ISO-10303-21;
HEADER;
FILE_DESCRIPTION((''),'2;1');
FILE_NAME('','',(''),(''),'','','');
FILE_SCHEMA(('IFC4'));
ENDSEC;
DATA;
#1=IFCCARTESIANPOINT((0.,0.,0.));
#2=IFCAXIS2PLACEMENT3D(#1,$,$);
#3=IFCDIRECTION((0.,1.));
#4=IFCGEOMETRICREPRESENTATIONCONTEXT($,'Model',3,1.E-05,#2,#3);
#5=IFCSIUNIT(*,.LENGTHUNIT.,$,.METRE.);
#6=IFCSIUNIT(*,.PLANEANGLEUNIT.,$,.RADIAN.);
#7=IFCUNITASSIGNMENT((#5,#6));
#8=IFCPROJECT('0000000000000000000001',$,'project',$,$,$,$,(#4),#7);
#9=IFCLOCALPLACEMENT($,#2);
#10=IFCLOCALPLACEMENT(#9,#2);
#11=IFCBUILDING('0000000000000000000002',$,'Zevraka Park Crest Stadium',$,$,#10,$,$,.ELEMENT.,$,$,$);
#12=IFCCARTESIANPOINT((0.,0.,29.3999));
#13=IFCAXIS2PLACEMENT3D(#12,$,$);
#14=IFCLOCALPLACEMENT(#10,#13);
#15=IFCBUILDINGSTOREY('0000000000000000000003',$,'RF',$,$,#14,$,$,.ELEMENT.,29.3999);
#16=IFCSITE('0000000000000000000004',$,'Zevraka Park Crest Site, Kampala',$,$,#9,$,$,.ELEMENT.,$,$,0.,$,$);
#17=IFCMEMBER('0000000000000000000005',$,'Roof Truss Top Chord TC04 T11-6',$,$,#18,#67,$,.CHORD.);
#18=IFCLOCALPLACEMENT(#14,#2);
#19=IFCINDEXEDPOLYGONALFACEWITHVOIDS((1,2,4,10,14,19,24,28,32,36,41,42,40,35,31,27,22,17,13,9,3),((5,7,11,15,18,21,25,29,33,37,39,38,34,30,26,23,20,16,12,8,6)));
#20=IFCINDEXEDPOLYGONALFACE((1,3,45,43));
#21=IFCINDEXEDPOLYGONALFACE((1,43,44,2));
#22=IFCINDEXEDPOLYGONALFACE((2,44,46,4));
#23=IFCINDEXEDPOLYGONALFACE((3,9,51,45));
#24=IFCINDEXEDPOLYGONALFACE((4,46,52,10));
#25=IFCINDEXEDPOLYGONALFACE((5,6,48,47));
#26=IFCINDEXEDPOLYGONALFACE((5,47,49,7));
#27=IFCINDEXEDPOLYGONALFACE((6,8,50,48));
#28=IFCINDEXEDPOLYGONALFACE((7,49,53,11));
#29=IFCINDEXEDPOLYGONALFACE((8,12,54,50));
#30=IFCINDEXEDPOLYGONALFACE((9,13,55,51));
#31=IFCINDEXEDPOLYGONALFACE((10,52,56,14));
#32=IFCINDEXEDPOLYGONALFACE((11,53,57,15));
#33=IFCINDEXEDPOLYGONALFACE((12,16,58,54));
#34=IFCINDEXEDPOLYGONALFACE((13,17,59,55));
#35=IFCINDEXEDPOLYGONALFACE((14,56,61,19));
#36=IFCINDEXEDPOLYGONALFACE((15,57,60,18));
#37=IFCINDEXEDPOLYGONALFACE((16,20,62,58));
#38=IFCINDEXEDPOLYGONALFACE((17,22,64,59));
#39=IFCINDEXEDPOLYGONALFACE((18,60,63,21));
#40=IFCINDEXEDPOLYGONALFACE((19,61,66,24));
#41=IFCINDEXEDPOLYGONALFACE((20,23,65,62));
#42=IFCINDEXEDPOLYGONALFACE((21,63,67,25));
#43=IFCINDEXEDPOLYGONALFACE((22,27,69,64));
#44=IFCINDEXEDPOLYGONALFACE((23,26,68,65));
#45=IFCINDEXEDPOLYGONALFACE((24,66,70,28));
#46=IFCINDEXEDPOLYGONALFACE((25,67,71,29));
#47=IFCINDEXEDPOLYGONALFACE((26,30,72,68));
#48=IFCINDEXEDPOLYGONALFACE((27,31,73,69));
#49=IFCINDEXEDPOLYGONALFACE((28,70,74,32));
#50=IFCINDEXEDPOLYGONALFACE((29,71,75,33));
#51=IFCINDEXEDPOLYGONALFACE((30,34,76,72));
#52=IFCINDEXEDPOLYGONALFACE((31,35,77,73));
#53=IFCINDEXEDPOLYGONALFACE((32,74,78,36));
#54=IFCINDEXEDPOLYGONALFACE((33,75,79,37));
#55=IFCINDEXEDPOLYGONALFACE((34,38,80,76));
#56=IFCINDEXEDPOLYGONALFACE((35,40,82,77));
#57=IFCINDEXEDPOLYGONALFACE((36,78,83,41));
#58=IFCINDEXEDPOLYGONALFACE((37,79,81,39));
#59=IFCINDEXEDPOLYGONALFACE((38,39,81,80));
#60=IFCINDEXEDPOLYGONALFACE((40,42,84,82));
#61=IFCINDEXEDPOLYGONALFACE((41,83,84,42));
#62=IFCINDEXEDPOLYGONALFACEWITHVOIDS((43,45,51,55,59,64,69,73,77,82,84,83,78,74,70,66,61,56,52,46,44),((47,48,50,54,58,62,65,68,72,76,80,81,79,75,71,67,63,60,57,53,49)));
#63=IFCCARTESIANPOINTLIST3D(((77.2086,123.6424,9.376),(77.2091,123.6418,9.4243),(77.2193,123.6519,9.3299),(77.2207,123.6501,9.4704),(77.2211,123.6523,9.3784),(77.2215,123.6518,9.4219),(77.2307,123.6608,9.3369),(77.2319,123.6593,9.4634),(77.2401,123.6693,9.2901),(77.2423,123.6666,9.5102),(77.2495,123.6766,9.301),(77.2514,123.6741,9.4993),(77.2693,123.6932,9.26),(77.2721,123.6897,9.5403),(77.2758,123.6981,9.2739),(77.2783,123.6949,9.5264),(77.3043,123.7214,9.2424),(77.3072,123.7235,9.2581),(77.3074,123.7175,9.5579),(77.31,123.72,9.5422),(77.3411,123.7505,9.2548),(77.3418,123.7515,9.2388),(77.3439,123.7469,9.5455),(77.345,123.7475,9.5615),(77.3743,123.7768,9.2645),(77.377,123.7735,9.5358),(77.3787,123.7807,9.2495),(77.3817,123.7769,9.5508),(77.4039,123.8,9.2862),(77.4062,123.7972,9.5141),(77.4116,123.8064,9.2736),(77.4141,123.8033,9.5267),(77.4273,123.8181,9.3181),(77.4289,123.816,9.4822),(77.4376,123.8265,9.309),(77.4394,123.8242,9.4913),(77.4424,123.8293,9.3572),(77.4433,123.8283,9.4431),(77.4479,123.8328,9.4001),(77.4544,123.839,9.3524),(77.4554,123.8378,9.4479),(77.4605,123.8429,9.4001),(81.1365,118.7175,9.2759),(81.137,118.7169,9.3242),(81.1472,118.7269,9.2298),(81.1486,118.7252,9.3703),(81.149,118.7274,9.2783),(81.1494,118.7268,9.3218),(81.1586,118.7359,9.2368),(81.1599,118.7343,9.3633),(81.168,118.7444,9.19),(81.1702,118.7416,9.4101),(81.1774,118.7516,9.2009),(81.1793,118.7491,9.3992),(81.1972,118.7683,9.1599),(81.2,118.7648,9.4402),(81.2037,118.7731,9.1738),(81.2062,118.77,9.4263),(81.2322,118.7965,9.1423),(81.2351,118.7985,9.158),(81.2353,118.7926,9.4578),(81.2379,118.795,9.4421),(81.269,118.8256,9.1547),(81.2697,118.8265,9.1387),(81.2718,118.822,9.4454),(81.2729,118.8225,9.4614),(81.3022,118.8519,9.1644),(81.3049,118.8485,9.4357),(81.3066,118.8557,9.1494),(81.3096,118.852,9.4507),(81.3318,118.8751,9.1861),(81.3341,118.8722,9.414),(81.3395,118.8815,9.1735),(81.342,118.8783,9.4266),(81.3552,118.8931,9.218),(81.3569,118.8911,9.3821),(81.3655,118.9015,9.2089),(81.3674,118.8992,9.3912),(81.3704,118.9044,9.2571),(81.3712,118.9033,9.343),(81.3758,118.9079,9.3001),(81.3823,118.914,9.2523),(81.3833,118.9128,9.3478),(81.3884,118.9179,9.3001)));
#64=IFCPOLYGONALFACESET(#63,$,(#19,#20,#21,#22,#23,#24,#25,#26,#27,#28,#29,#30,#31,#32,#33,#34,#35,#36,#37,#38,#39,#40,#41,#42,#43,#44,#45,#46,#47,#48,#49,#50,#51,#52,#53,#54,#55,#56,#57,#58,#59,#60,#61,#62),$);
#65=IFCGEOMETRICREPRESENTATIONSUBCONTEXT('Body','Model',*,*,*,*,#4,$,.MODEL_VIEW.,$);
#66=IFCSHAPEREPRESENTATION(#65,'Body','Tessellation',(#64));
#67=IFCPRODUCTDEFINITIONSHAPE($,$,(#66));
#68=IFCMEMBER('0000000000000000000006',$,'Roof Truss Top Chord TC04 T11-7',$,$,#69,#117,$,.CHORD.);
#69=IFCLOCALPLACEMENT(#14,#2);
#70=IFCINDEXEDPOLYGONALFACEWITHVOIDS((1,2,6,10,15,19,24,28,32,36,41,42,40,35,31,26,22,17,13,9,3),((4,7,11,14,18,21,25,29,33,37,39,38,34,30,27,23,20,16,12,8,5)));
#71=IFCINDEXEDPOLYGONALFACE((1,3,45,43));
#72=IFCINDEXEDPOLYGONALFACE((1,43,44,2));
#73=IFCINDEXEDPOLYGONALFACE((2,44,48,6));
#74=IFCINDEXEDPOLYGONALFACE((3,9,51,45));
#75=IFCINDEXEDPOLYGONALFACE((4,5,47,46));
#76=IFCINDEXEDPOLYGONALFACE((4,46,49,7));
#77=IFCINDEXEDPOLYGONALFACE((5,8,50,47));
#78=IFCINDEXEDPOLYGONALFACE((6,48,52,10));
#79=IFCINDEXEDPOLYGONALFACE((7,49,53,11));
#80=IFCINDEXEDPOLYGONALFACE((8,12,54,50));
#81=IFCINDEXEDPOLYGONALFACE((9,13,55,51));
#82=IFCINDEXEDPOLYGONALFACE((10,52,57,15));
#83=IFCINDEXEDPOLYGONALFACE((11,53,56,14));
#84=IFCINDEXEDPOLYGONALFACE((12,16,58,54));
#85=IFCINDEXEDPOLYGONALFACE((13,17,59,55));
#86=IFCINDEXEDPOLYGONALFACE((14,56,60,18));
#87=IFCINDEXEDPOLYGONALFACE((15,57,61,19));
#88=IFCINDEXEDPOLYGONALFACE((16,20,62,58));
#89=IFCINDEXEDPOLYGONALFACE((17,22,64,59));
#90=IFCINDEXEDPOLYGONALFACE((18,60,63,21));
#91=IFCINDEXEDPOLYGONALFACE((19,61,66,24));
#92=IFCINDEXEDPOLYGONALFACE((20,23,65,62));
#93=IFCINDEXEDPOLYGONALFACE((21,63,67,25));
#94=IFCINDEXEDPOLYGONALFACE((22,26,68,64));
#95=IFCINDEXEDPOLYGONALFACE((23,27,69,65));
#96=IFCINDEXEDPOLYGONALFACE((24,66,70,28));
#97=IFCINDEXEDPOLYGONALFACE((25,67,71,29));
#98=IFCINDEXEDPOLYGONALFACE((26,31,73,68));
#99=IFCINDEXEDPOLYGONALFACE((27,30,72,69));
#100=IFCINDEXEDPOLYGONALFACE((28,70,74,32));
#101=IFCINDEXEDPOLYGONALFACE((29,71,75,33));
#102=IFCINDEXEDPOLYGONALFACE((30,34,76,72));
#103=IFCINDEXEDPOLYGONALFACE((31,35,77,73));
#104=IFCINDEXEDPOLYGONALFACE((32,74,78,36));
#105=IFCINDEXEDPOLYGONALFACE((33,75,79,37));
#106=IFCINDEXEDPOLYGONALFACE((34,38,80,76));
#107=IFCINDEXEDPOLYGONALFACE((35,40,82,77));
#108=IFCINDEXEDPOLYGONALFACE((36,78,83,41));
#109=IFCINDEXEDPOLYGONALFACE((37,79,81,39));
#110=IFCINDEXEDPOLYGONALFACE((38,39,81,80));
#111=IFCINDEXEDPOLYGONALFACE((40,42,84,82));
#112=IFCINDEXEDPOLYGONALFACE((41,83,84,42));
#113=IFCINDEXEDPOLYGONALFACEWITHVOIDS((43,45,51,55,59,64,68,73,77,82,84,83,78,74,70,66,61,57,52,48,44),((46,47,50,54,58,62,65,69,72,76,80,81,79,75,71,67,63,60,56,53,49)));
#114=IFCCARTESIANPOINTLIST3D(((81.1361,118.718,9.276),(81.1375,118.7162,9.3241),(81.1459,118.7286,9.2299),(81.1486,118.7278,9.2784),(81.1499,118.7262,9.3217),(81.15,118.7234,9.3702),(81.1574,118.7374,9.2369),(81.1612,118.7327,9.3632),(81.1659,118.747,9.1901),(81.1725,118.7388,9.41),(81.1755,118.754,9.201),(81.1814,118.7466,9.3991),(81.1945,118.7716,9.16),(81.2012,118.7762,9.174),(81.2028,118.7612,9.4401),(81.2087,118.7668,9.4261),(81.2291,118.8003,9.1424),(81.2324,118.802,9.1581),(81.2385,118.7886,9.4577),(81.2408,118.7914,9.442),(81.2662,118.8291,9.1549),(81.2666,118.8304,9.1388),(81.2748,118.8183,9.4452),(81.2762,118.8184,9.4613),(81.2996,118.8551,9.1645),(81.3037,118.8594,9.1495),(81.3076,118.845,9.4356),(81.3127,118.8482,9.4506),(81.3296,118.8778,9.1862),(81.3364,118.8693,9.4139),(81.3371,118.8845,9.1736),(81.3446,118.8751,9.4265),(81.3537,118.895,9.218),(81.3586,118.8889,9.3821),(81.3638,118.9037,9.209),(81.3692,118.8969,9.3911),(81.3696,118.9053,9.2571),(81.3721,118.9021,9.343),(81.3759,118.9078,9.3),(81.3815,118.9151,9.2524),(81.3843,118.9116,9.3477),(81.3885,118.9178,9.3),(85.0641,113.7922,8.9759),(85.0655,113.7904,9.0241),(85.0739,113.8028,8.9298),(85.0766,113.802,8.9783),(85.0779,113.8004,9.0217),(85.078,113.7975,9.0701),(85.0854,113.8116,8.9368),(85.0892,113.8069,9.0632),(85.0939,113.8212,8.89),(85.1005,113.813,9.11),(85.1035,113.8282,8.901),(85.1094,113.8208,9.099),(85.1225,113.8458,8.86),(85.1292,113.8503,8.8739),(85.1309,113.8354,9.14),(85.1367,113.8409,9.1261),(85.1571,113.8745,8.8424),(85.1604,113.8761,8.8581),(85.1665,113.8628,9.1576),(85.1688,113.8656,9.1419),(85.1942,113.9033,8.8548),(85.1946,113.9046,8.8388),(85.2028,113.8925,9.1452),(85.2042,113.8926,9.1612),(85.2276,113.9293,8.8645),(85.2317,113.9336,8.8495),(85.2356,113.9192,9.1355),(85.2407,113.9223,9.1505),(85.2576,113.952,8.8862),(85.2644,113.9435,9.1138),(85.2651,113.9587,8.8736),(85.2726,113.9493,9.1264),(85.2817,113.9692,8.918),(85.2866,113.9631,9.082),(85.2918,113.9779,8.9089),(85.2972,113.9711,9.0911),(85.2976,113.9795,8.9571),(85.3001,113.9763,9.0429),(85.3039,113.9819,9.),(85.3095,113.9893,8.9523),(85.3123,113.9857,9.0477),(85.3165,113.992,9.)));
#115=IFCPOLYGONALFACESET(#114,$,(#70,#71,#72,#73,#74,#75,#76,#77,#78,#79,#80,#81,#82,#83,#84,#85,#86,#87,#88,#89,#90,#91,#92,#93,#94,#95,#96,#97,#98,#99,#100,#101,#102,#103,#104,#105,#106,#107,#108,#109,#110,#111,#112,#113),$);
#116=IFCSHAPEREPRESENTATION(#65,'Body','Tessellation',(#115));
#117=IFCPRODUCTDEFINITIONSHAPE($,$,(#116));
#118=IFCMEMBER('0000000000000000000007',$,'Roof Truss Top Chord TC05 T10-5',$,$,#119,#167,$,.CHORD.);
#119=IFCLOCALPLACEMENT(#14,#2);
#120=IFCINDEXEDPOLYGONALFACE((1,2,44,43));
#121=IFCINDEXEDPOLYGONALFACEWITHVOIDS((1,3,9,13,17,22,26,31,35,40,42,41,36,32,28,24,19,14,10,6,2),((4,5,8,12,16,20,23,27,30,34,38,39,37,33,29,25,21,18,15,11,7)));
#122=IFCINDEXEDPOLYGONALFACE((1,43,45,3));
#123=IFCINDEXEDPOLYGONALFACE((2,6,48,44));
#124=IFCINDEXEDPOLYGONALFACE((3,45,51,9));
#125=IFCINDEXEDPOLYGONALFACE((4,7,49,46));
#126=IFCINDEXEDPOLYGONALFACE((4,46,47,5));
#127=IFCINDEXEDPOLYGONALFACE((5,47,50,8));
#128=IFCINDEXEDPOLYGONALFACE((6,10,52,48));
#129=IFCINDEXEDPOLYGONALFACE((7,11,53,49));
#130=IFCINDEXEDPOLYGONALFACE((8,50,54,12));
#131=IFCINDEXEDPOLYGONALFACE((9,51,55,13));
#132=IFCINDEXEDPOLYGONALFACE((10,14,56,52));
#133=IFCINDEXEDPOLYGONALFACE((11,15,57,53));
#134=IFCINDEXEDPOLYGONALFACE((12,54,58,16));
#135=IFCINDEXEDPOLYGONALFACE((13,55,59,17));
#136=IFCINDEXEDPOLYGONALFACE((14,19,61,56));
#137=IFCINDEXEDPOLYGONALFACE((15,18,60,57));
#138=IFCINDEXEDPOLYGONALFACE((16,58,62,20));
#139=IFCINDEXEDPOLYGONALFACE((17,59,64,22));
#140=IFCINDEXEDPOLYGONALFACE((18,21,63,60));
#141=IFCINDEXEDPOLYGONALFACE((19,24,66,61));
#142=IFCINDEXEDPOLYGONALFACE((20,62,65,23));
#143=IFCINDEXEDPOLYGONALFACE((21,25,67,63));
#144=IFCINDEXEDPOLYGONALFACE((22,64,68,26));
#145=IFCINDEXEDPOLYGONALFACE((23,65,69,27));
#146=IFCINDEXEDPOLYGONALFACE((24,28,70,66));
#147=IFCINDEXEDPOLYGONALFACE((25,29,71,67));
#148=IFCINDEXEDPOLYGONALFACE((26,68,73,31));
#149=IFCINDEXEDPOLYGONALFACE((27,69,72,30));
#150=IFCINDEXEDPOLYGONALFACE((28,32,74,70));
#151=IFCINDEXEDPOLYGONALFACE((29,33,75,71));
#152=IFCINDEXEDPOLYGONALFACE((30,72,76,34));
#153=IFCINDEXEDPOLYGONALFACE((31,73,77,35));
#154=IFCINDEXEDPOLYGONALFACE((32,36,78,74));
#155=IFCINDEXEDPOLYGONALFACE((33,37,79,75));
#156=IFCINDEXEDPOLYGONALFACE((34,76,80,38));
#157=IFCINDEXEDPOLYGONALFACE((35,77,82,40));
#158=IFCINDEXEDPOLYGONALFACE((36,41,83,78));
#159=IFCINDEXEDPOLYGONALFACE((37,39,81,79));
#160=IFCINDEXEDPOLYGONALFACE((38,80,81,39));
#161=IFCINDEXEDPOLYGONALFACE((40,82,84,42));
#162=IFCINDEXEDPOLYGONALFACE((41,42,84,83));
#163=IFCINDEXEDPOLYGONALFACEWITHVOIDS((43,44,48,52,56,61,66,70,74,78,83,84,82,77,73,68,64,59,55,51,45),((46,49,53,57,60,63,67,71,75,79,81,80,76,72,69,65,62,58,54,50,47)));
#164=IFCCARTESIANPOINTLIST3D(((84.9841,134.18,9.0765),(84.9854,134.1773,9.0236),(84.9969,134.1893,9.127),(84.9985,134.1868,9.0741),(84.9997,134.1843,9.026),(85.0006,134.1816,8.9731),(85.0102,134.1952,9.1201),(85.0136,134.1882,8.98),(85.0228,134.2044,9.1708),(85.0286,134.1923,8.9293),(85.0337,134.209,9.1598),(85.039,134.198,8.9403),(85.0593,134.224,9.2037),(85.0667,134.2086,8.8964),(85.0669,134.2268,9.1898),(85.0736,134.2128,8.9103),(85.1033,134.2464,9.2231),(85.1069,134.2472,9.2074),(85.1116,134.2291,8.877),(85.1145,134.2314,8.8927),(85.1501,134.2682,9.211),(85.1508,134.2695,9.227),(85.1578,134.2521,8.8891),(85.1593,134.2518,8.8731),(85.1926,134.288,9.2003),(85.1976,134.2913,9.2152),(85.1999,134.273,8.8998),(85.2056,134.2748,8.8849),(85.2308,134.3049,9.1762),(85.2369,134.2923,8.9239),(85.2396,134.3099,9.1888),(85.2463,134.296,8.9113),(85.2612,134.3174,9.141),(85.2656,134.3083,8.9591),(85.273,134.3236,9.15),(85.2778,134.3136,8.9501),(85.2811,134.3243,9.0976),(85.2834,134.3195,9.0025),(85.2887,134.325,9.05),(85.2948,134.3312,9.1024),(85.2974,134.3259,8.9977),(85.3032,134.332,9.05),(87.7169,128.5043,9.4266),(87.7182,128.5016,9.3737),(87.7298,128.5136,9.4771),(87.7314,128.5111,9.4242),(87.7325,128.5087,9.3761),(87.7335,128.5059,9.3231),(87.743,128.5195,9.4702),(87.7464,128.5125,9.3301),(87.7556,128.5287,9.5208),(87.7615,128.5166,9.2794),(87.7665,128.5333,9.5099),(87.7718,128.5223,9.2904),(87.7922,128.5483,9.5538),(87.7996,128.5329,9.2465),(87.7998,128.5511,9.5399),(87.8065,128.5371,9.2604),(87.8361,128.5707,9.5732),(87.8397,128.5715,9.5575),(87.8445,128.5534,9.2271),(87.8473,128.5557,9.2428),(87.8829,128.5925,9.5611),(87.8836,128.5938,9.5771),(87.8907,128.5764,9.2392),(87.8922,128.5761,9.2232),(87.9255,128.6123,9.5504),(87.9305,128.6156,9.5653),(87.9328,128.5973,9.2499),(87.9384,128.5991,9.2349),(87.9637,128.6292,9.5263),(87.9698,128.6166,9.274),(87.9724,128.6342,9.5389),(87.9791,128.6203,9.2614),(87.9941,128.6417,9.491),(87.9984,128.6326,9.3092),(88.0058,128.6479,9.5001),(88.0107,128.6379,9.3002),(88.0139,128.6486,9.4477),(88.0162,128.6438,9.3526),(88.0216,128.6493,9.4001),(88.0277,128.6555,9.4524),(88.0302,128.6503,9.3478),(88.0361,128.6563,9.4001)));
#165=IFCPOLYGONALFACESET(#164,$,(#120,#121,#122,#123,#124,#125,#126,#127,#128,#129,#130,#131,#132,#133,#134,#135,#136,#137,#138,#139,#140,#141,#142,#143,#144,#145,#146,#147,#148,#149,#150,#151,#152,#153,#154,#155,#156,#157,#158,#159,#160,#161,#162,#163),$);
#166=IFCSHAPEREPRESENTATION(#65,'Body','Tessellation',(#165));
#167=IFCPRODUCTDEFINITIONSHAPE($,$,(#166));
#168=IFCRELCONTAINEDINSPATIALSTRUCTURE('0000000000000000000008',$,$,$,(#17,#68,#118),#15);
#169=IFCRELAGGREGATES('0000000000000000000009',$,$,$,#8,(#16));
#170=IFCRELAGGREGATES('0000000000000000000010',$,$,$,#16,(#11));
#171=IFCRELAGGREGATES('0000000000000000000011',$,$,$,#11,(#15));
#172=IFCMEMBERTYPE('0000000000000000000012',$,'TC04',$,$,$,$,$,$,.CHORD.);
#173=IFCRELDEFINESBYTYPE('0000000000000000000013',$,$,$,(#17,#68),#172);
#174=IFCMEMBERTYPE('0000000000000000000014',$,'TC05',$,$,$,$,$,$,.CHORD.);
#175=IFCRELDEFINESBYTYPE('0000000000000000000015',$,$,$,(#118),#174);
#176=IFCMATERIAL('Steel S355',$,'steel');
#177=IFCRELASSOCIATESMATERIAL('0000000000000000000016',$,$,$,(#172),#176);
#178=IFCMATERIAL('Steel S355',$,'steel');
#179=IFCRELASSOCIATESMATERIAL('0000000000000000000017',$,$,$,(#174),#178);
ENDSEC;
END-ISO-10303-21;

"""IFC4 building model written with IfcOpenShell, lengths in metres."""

from ifc_helpers import new_model, si_unit, direction, frame, origin, origin_2d, place, context, subcontext, project, spatial, hollow_circle, extrude, material, material_profile, profile_set, type_object, element, save


model = new_model("IFC4")

# Units and contexts
model_context = context("Model", 3, precision=1e-05, world=origin(), true_north=direction((0.0, 1.0)))
body_context = subcontext(model_context, "Body", "Model", "MODEL_VIEW")
ifc_project = project(units=[si_unit("LENGTHUNIT", "METRE"), si_unit("PLANEANGLEUNIT", "RADIAN")], contexts=[model_context])

# Site, building, storey
site_placement = place(None, origin())
site = spatial("IfcSite", under=ifc_project, at=site_placement, Name="Zevraka Park Crest Site, Kampala", CompositionType="ELEMENT", RefElevation=0.0)
building_placement = place(site_placement, origin())
building = spatial("IfcBuilding", under=site, at=building_placement, Name="Zevraka Park Crest Stadium", CompositionType="ELEMENT")
storey_placement = place(building_placement, frame((0.0, 0.0, 29.3999)))
storey = spatial("IfcBuildingStorey", under=building, at=storey_placement, Name="RF", CompositionType="ELEMENT", Elevation=29.3999)

# Members
ifc_material_1 = material(Name="Steel S355", Category="steel")
ifc_material_profile_1 = material_profile(ifc_material_1, hollow_circle(Radius=0.1619, WallThickness=0.0161, at=origin_2d()), Name="CHS 323.9x16")
ifc_profile_set_1 = profile_set([ifc_material_profile_1], Name="Steel S355")
member_type_1 = type_object("IfcMemberType", Name="TC04", PredefinedType="CHORD", material=ifc_profile_set_1)
member_1_placement = place(storey_placement, frame((77.334, 123.7419, 9.4001), z_axis=(0.623448, -0.781703, -0.015887), x_axis=(0.781802, 0.623527, 0.0)))
element("IfcMember", 1, at=member_1_placement, inside=storey, type_object=member_type_1, Name="Roof Truss Top Chord TC04 T11-6", PredefinedType="CHORD", context=body_context, shape_type="SweptSolid", body=[
    extrude(hollow_circle(Radius=0.1619, WallThickness=0.0161, at=origin_2d()), origin(), (0.0, 0.0, 1.0), 6.3003),
])
member_2_placement = place(storey_placement, frame((81.262, 118.8169, 9.3), z_axis=(0.622764, -0.780962, -0.047571), x_axis=(0.781847, 0.62347, 0.0)))
element("IfcMember", 2, at=member_2_placement, inside=storey, type_object=member_type_1, Name="Roof Truss Top Chord TC04 T11-7", PredefinedType="CHORD", context=body_context, shape_type="SweptSolid", body=[
    extrude(hollow_circle(Radius=0.1619, WallThickness=0.0161, at=origin_2d()), origin(), (0.0, 0.0, 1.0), 6.3074),
])
ifc_material_2 = material(Name="Steel S355", Category="steel")
ifc_material_profile_2 = material_profile(ifc_material_2, hollow_circle(Radius=0.1777, WallThickness=0.0161, at=origin_2d()), Name="CHS 355.6x16")
ifc_profile_set_2 = profile_set([ifc_material_profile_2], Name="Steel S355")
member_type_2 = type_object("IfcMemberType", Name="TC05", PredefinedType="CHORD", material=ifc_profile_set_2)
member_3_placement = place(storey_placement, frame((85.1431, 134.2549, 9.05), z_axis=(0.433163, -0.899606, 0.05549), x_axis=(0.900994, 0.433832, 0.0)))
element("IfcMember", 3, at=member_3_placement, inside=storey, type_object=member_type_2, Name="Roof Truss Top Chord TC05 T10-5", PredefinedType="CHORD", context=body_context, shape_type="SweptSolid", body=[
    extrude(hollow_circle(Radius=0.1777, WallThickness=0.0161, at=origin_2d()), origin(), (0.0, 0.0, 1.0), 6.3091),
])

save(model, "model.ifc")
